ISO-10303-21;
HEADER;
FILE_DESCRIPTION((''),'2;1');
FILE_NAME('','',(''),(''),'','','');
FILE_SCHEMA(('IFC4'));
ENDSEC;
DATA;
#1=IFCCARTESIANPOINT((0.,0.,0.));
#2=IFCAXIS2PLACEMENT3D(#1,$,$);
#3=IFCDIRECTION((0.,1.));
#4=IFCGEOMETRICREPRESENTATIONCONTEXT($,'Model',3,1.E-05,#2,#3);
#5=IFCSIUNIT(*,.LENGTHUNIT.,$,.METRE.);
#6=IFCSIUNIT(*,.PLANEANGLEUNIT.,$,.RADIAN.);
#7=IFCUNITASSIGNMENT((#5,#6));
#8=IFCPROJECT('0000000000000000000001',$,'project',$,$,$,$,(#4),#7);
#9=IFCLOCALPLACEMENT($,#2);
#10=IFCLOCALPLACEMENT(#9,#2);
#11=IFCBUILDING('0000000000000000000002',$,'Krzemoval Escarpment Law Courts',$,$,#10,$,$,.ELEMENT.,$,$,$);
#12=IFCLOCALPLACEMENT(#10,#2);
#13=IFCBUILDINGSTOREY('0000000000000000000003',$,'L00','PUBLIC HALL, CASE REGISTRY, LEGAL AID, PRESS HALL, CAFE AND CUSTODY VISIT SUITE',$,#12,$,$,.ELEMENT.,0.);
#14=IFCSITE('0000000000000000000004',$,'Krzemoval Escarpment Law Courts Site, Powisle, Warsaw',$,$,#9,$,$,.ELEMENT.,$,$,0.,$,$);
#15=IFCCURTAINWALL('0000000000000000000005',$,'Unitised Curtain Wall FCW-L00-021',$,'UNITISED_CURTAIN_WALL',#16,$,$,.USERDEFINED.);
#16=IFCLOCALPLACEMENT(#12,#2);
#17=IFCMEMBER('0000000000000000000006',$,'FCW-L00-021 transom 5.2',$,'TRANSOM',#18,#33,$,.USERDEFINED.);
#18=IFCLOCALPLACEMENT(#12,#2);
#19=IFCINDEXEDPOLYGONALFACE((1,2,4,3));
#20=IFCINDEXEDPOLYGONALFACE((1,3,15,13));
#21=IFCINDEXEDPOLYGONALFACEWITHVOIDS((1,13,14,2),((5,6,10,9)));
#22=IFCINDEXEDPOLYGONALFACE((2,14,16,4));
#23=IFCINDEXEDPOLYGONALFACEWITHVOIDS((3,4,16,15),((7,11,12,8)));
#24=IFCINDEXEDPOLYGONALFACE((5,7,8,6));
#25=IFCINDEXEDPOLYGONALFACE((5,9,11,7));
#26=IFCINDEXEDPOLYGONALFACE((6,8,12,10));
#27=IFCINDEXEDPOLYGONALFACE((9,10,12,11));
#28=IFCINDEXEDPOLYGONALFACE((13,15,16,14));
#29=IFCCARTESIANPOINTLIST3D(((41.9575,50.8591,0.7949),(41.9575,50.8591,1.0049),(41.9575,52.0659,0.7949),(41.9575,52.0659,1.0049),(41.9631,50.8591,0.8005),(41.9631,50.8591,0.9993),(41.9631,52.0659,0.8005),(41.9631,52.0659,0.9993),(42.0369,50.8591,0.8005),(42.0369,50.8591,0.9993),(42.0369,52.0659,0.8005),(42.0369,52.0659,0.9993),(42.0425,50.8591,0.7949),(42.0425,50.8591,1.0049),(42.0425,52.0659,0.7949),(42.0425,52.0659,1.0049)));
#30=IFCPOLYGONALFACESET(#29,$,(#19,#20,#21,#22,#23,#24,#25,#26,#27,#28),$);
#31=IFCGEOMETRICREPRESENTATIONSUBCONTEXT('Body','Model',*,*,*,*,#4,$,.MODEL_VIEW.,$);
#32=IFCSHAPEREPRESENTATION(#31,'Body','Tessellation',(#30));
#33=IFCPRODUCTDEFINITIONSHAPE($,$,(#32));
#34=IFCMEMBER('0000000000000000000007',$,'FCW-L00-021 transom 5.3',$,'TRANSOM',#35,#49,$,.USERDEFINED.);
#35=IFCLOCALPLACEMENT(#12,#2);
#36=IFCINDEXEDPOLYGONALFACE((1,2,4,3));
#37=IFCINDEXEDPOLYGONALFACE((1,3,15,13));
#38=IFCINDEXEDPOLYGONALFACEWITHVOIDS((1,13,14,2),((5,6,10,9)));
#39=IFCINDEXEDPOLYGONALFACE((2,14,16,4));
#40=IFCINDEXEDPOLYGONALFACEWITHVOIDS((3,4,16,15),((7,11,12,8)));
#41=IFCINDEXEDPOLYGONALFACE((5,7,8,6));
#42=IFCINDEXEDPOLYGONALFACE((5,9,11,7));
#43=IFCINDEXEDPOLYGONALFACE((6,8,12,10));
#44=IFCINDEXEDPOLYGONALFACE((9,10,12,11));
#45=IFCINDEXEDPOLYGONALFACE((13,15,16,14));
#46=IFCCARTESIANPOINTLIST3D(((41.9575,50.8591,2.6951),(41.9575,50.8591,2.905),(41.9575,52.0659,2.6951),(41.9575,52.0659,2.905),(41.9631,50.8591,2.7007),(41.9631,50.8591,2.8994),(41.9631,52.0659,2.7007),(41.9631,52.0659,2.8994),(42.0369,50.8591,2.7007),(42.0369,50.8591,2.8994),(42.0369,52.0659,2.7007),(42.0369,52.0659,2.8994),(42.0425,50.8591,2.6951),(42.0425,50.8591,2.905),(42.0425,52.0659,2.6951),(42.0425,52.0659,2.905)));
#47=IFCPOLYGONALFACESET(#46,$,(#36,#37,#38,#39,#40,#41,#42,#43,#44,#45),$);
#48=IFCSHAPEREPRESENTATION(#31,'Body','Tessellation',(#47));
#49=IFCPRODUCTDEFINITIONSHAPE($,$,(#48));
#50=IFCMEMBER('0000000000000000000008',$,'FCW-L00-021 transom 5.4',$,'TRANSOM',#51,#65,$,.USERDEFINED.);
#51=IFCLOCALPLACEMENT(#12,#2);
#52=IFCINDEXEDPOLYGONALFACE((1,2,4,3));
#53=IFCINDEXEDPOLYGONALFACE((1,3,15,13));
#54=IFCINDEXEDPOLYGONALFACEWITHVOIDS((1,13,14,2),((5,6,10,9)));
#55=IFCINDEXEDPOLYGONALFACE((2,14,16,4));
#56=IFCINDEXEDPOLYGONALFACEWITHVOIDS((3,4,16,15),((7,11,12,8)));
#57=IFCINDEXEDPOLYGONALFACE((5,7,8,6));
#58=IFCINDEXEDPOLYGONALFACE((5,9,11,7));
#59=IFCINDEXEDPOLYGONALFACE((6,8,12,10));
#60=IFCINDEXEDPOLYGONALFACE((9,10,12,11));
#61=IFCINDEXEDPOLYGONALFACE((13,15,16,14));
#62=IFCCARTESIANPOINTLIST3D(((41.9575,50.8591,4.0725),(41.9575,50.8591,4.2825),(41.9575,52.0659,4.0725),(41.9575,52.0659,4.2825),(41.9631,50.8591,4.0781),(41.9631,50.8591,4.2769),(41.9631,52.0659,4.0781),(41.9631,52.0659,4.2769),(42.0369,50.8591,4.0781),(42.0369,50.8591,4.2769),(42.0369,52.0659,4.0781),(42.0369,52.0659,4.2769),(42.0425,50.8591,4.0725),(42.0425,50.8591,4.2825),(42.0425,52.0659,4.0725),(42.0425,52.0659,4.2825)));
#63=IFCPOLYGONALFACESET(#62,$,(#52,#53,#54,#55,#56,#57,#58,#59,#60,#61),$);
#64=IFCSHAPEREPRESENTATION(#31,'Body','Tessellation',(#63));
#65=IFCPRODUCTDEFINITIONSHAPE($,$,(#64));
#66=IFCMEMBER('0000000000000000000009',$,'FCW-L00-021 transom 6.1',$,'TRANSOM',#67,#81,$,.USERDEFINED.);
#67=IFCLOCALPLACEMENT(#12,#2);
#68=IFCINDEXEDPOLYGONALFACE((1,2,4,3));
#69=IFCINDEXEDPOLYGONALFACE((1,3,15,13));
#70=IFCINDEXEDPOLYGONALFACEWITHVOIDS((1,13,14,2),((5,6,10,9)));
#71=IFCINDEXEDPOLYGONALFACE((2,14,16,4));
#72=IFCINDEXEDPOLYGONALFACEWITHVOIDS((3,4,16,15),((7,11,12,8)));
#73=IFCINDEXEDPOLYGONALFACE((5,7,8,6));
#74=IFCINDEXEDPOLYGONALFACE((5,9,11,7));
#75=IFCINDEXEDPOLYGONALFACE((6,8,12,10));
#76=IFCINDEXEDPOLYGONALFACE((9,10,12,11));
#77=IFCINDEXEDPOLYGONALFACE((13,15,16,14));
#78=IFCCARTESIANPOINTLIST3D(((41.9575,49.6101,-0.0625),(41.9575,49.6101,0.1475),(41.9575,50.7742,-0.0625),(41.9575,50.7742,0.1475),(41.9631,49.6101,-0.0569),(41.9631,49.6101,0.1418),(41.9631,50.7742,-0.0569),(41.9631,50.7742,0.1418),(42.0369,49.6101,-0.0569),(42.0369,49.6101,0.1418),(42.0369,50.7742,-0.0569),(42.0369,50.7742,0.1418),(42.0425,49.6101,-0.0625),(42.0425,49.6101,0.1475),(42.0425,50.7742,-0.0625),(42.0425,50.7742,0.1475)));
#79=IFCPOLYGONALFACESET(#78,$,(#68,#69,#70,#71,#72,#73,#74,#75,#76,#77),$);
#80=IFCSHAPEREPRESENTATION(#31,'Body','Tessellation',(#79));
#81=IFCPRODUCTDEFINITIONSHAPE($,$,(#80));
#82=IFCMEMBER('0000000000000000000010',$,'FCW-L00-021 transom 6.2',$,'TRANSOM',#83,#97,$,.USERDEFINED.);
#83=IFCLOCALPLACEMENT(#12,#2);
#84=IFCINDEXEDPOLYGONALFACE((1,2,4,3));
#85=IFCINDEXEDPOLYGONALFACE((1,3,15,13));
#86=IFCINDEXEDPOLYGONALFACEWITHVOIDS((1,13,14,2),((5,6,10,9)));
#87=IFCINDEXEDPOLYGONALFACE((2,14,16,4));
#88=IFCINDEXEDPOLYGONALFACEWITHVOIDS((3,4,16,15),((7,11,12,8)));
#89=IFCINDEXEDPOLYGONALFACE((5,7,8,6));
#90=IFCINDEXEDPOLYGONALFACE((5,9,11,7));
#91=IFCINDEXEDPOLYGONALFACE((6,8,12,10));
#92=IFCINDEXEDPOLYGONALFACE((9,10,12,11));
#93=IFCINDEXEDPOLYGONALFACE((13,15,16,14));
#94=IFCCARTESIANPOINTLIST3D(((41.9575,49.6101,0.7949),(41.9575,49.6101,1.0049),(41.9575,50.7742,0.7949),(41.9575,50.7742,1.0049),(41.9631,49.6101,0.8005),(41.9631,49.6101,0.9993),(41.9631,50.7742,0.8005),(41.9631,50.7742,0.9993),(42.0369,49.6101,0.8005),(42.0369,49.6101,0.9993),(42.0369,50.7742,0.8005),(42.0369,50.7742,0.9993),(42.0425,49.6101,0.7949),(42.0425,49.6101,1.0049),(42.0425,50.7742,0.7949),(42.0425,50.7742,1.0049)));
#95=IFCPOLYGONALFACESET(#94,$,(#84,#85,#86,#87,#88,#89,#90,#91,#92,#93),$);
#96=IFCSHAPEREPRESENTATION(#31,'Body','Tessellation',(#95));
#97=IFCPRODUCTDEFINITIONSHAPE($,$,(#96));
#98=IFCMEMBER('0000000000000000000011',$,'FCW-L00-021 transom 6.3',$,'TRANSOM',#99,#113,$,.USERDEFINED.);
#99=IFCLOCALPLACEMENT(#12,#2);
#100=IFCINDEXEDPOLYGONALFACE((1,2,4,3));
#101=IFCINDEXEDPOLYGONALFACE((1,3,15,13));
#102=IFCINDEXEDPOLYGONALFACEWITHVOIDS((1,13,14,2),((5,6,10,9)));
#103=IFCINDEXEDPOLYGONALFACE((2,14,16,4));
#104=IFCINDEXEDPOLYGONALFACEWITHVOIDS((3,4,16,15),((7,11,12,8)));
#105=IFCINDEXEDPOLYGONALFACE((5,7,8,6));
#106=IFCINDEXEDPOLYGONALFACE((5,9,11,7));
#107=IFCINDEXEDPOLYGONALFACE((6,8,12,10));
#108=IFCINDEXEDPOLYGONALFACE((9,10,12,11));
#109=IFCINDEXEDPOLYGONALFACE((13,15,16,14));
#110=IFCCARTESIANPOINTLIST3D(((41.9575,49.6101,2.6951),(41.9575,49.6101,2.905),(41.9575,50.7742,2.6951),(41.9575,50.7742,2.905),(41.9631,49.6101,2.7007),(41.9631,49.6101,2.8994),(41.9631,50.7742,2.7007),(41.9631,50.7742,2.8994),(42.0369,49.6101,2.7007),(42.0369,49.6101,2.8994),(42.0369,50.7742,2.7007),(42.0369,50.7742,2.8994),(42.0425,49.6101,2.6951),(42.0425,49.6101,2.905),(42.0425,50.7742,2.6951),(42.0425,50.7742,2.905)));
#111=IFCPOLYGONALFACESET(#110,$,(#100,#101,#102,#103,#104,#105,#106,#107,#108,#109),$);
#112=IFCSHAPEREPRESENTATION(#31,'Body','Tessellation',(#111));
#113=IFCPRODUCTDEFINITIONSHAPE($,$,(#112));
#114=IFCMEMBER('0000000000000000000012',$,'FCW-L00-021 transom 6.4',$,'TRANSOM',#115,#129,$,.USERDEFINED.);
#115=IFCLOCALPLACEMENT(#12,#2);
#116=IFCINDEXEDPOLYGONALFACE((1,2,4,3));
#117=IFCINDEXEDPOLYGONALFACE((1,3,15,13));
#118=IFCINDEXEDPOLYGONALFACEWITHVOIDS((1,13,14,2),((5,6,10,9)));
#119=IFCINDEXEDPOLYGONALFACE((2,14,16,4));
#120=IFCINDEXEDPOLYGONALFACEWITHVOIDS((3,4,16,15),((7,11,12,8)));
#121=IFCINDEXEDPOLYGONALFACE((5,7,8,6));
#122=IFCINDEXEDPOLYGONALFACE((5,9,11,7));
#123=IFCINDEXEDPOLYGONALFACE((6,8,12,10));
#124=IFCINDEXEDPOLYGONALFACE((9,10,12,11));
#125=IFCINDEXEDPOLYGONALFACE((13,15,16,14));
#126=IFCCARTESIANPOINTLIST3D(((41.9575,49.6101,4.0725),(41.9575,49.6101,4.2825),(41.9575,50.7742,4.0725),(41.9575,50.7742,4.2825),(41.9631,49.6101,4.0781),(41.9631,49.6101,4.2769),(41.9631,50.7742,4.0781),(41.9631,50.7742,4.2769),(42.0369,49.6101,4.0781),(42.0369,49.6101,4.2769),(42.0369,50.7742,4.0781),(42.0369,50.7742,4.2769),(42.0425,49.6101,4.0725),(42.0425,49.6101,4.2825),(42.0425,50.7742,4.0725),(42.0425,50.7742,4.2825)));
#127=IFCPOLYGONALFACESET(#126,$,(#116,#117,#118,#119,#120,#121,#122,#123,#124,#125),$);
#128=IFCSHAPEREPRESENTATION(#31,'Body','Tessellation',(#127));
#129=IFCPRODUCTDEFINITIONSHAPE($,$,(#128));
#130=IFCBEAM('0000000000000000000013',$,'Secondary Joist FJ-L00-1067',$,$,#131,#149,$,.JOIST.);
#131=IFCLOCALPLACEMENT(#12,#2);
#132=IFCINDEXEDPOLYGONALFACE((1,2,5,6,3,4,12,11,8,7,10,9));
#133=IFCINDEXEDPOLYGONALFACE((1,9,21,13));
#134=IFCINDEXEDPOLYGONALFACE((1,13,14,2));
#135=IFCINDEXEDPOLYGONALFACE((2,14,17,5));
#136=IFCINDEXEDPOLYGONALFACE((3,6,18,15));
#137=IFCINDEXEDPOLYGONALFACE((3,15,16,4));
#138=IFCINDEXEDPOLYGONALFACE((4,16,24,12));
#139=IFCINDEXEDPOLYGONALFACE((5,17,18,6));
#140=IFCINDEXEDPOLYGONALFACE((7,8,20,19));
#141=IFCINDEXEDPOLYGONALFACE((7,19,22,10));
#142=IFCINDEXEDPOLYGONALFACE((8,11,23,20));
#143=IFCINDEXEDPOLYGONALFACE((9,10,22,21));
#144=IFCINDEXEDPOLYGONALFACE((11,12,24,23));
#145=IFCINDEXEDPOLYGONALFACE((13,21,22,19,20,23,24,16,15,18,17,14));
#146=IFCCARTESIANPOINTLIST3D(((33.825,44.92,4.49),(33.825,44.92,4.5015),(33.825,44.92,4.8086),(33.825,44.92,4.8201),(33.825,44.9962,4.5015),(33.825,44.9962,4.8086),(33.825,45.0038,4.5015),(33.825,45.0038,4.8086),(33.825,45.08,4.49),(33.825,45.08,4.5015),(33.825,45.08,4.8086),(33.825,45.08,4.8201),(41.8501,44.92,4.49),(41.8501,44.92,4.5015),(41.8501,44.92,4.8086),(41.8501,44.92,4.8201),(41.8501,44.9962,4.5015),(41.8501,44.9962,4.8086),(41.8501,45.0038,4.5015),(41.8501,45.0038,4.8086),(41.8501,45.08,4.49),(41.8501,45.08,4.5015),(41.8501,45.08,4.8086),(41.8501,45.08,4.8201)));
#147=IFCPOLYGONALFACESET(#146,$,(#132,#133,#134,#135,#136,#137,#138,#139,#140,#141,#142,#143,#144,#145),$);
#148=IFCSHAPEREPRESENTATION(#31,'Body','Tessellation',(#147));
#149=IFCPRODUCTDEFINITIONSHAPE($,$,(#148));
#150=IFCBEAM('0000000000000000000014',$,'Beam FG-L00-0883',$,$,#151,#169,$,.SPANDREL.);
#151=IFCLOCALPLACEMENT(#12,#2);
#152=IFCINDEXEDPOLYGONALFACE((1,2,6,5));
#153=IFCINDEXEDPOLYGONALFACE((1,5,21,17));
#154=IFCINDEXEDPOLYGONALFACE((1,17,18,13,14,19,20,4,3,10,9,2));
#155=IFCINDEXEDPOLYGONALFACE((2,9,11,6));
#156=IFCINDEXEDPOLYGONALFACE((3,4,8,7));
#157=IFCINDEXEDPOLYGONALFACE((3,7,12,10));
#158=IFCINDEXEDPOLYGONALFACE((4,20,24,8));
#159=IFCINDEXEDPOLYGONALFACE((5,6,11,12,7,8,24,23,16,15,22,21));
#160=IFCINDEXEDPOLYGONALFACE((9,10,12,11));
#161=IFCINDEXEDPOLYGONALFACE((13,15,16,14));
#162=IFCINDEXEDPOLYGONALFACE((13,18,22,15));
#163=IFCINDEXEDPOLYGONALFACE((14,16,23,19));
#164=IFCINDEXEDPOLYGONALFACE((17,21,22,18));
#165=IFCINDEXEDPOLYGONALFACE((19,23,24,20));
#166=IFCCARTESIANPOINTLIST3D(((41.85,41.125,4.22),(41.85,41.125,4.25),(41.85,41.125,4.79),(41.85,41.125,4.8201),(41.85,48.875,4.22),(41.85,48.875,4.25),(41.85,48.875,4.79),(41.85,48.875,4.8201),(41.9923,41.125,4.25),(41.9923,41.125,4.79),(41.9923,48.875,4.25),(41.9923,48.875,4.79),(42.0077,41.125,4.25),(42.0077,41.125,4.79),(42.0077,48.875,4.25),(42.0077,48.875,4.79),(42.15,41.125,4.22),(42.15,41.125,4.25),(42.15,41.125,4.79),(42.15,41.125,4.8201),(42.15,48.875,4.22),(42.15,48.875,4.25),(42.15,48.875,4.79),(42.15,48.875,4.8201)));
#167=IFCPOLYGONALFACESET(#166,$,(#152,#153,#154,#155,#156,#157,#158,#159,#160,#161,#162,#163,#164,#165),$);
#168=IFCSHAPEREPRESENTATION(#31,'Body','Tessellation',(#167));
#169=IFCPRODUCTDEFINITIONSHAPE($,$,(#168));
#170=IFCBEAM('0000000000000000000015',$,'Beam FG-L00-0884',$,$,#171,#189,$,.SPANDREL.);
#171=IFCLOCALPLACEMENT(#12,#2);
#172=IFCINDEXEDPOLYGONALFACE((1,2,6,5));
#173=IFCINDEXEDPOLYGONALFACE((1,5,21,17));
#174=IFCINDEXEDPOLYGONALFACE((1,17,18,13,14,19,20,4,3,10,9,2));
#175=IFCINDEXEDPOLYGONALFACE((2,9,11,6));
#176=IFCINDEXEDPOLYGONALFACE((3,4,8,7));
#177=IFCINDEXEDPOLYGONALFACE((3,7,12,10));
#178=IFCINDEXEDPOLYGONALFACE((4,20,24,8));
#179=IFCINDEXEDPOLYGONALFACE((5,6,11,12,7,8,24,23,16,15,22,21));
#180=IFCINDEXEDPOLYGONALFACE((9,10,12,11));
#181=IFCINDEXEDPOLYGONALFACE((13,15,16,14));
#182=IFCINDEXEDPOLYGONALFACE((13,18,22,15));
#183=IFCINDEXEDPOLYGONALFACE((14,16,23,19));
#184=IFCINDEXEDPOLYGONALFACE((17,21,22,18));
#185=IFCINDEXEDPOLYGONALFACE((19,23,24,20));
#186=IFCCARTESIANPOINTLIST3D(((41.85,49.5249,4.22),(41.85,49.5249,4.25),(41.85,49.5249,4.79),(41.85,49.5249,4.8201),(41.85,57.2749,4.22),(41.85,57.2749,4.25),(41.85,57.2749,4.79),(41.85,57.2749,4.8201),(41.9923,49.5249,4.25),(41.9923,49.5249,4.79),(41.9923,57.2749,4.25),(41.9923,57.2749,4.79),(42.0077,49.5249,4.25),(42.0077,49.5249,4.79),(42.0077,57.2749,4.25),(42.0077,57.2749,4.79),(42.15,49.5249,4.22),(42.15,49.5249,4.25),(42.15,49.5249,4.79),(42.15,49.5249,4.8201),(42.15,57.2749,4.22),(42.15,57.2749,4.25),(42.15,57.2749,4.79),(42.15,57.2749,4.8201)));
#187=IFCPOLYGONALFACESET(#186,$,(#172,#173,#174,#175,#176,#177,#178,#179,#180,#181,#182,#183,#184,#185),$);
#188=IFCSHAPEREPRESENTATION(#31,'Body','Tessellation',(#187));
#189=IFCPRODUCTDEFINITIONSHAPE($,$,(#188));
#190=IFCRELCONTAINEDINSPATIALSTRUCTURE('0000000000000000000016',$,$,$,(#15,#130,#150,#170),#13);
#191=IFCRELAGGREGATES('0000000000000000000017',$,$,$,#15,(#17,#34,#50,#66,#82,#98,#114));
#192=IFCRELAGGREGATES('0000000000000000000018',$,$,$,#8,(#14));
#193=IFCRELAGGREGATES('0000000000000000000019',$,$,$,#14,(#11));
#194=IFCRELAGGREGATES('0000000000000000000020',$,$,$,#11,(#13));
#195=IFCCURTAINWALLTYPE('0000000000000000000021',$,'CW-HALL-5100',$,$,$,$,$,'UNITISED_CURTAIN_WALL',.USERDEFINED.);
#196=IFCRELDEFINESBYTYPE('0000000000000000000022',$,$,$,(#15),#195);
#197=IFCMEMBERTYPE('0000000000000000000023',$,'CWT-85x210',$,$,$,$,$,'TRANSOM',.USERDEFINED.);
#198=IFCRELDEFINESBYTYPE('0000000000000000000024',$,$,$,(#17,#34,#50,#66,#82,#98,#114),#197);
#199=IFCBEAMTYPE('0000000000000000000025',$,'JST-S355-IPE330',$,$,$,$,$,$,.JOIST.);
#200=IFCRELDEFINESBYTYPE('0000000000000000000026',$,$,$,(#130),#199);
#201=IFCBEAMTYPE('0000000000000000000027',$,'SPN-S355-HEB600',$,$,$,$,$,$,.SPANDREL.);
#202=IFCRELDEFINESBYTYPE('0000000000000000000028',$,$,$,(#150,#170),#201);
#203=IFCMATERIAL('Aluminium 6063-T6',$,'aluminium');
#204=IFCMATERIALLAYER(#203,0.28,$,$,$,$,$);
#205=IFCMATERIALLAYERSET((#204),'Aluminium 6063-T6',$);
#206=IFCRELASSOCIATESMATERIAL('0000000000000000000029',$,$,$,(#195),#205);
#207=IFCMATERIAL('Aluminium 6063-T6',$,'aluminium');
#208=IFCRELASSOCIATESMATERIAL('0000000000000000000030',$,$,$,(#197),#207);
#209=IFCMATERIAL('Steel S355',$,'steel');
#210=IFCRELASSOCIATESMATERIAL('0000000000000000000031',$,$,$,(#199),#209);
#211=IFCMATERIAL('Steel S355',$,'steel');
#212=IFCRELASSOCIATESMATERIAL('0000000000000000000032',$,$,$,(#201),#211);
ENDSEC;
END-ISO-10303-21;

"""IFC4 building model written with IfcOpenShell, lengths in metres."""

from ifc_helpers import new_model, si_unit, direction, frame, origin, origin_2d, place, context, subcontext, project, spatial, hollow_rectangle, i_section, extrude, material, layer, layer_set, material_profile, profile_set, type_object, element, aggregate, save


model = new_model("IFC4")

# Units and contexts
model_context = context("Model", 3, precision=1e-05, world=origin(), true_north=direction((0.0, 1.0)))
body_context = subcontext(model_context, "Body", "Model", "MODEL_VIEW")
ifc_project = project(units=[si_unit("LENGTHUNIT", "METRE"), si_unit("PLANEANGLEUNIT", "RADIAN")], contexts=[model_context])

# Site, building, storey
site_placement = place(None, origin())
site = spatial("IfcSite", under=ifc_project, at=site_placement, Name="Krzemoval Escarpment Law Courts Site, Powisle, Warsaw", CompositionType="ELEMENT", RefElevation=0.0)
building_placement = place(site_placement, origin())
building = spatial("IfcBuilding", under=site, at=building_placement, Name="Krzemoval Escarpment Law Courts", CompositionType="ELEMENT")
storey_placement = place(building_placement, origin())
storey = spatial("IfcBuildingStorey", under=building, at=storey_placement, Name="L00", Description="PUBLIC HALL, CASE REGISTRY, LEGAL AID, PRESS HALL, CAFE AND CUSTODY VISIT SUITE", CompositionType="ELEMENT", Elevation=0.0)

# Curtain wall, members
ifc_material_1 = material(Name="Aluminium 6063-T6", Category="aluminium")
ifc_layer_1 = layer(ifc_material_1, 0.28)
ifc_layer_set_1 = layer_set([ifc_layer_1], Name="Aluminium 6063-T6")
curtain_wall_type = type_object("IfcCurtainWallType", Name="CW-HALL-5100", ElementType="UNITISED_CURTAIN_WALL", PredefinedType="USERDEFINED", material=ifc_layer_set_1)
curtain_wall_placement = place(storey_placement, origin())
curtain_wall = element("IfcCurtainWall", 1, at=curtain_wall_placement, inside=storey, type_object=curtain_wall_type, Name="Unitised Curtain Wall FCW-L00-021", ObjectType="UNITISED_CURTAIN_WALL", PredefinedType="USERDEFINED")
ifc_material_2 = material(Name="Aluminium 6063-T6", Category="aluminium")
ifc_material_profile_1 = material_profile(ifc_material_2, hollow_rectangle(XDim=0.085, YDim=0.21, WallThickness=0.0056, at=origin_2d()), Name="ALU T85x210")
ifc_profile_set_1 = profile_set([ifc_material_profile_1], Name="Aluminium 6063-T6")
member_type_1 = type_object("IfcMemberType", Name="CWT-85x210", ElementType="TRANSOM", PredefinedType="USERDEFINED", material=ifc_profile_set_1)
member_1_placement = place(storey_placement, frame((42.0, 52.0659, 0.8999), z_axis=(0.0, -1.0, 0.0), x_axis=(1.0, 0.0, 0.0)))
member_1 = element("IfcMember", 2, at=member_1_placement, type_object=member_type_1, Name="FCW-L00-021 transom 5.2", ObjectType="TRANSOM", PredefinedType="USERDEFINED", context=body_context, shape_type="SweptSolid", body=[
    extrude(hollow_rectangle(XDim=0.085, YDim=0.21, WallThickness=0.0056, at=origin_2d()), origin(), (0.0, 0.0, 1.0), 1.2068),
])
member_2_placement = place(storey_placement, frame((42.0, 52.0659, 2.8), z_axis=(0.0, -1.0, 0.0), x_axis=(1.0, 0.0, 0.0)))
member_2 = element("IfcMember", 3, at=member_2_placement, type_object=member_type_1, Name="FCW-L00-021 transom 5.3", ObjectType="TRANSOM", PredefinedType="USERDEFINED", context=body_context, shape_type="SweptSolid", body=[
    extrude(hollow_rectangle(XDim=0.085, YDim=0.21, WallThickness=0.0056, at=origin_2d()), origin(), (0.0, 0.0, 1.0), 1.2068),
])
member_3_placement = place(storey_placement, frame((42.0, 52.0659, 4.1775), z_axis=(0.0, -1.0, 0.0), x_axis=(1.0, 0.0, 0.0)))
member_3 = element("IfcMember", 4, at=member_3_placement, type_object=member_type_1, Name="FCW-L00-021 transom 5.4", ObjectType="TRANSOM", PredefinedType="USERDEFINED", context=body_context, shape_type="SweptSolid", body=[
    extrude(hollow_rectangle(XDim=0.085, YDim=0.21, WallThickness=0.0056, at=origin_2d()), origin(), (0.0, 0.0, 1.0), 1.2068),
])
member_4_placement = place(storey_placement, frame((42.0, 50.7742, 0.0425), z_axis=(0.0, -1.0, 0.0), x_axis=(1.0, 0.0, 0.0)))
member_4 = element("IfcMember", 5, at=member_4_placement, type_object=member_type_1, Name="FCW-L00-021 transom 6.1", ObjectType="TRANSOM", PredefinedType="USERDEFINED", context=body_context, shape_type="SweptSolid", body=[
    extrude(hollow_rectangle(XDim=0.085, YDim=0.21, WallThickness=0.0056, at=origin_2d()), origin(), (0.0, 0.0, 1.0), 1.1641),
])
member_5_placement = place(storey_placement, frame((42.0, 50.7742, 0.8999), z_axis=(0.0, -1.0, 0.0), x_axis=(1.0, 0.0, 0.0)))
member_5 = element("IfcMember", 6, at=member_5_placement, type_object=member_type_1, Name="FCW-L00-021 transom 6.2", ObjectType="TRANSOM", PredefinedType="USERDEFINED", context=body_context, shape_type="SweptSolid", body=[
    extrude(hollow_rectangle(XDim=0.085, YDim=0.21, WallThickness=0.0056, at=origin_2d()), origin(), (0.0, 0.0, 1.0), 1.1641),
])
member_6_placement = place(storey_placement, frame((42.0, 50.7742, 2.8), z_axis=(0.0, -1.0, 0.0), x_axis=(1.0, 0.0, 0.0)))
member_6 = element("IfcMember", 7, at=member_6_placement, type_object=member_type_1, Name="FCW-L00-021 transom 6.3", ObjectType="TRANSOM", PredefinedType="USERDEFINED", context=body_context, shape_type="SweptSolid", body=[
    extrude(hollow_rectangle(XDim=0.085, YDim=0.21, WallThickness=0.0056, at=origin_2d()), origin(), (0.0, 0.0, 1.0), 1.1641),
])
member_7_placement = place(storey_placement, frame((42.0, 50.7742, 4.1775), z_axis=(0.0, -1.0, 0.0), x_axis=(1.0, 0.0, 0.0)))
member_7 = element("IfcMember", 8, at=member_7_placement, type_object=member_type_1, Name="FCW-L00-021 transom 6.4", ObjectType="TRANSOM", PredefinedType="USERDEFINED", context=body_context, shape_type="SweptSolid", body=[
    extrude(hollow_rectangle(XDim=0.085, YDim=0.21, WallThickness=0.0056, at=origin_2d()), origin(), (0.0, 0.0, 1.0), 1.1641),
])

# Beams
ifc_material_3 = material(Name="Steel S355", Category="steel")
ifc_material_profile_2 = material_profile(ifc_material_3, i_section(OverallWidth=0.1599, OverallDepth=0.3301, WebThickness=0.0076, FlangeThickness=0.0115, at=origin_2d()), Name="IPE 330")
ifc_profile_set_2 = profile_set([ifc_material_profile_2], Name="Steel S355")
beam_type_1 = type_object("IfcBeamType", Name="JST-S355-IPE330", PredefinedType="JOIST", material=ifc_profile_set_2)
beam_placement = place(storey_placement, frame((33.825, 45.0, 4.655), z_axis=(1.0, 0.0, 0.0), x_axis=(0.0, 1.0, 0.0)))
element("IfcBeam", 9, at=beam_placement, inside=storey, type_object=beam_type_1, Name="Secondary Joist FJ-L00-1067", PredefinedType="JOIST", context=body_context, shape_type="SweptSolid", body=[
    extrude(i_section(OverallWidth=0.1599, OverallDepth=0.3301, WebThickness=0.0076, FlangeThickness=0.0115, at=origin_2d()), origin(), (0.0, 0.0, 1.0), 8.0251),
])
ifc_material_4 = material(Name="Steel S355", Category="steel")
ifc_material_profile_3 = material_profile(ifc_material_4, i_section(OverallWidth=0.3, OverallDepth=0.6001, WebThickness=0.0154, FlangeThickness=0.03, at=origin_2d()), Name="HEB 600")
ifc_profile_set_3 = profile_set([ifc_material_profile_3], Name="Steel S355")
beam_type_2 = type_object("IfcBeamType", Name="SPN-S355-HEB600", PredefinedType="SPANDREL", material=ifc_profile_set_3)
for number, where, z_axis, x_axis, name in (
    (10, (42.0, 41.125, 4.52), (0.0, 1.0, 0.0), (-1.0, 0.0, 0.0), "Beam FG-L00-0883"),
    (11, (42.0, 49.5249, 4.52), (0.0, 1.0, 0.0), (-1.0, 0.0, 0.0), "Beam FG-L00-0884"),
):
    element("IfcBeam", number, at=place(storey_placement, frame(where, z_axis=z_axis, x_axis=x_axis)), inside=storey, type_object=beam_type_2, Name=name, PredefinedType="SPANDREL", context=body_context, shape_type="SweptSolid", body=[
        extrude(i_section(OverallWidth=0.3, OverallDepth=0.6001, WebThickness=0.0154, FlangeThickness=0.03, at=origin_2d()), origin(), (0.0, 0.0, 1.0), 7.75),
    ])

aggregate(curtain_wall, [member_1, member_2, member_3, member_4, member_5, member_6, member_7])

save(model, "model.ifc")
